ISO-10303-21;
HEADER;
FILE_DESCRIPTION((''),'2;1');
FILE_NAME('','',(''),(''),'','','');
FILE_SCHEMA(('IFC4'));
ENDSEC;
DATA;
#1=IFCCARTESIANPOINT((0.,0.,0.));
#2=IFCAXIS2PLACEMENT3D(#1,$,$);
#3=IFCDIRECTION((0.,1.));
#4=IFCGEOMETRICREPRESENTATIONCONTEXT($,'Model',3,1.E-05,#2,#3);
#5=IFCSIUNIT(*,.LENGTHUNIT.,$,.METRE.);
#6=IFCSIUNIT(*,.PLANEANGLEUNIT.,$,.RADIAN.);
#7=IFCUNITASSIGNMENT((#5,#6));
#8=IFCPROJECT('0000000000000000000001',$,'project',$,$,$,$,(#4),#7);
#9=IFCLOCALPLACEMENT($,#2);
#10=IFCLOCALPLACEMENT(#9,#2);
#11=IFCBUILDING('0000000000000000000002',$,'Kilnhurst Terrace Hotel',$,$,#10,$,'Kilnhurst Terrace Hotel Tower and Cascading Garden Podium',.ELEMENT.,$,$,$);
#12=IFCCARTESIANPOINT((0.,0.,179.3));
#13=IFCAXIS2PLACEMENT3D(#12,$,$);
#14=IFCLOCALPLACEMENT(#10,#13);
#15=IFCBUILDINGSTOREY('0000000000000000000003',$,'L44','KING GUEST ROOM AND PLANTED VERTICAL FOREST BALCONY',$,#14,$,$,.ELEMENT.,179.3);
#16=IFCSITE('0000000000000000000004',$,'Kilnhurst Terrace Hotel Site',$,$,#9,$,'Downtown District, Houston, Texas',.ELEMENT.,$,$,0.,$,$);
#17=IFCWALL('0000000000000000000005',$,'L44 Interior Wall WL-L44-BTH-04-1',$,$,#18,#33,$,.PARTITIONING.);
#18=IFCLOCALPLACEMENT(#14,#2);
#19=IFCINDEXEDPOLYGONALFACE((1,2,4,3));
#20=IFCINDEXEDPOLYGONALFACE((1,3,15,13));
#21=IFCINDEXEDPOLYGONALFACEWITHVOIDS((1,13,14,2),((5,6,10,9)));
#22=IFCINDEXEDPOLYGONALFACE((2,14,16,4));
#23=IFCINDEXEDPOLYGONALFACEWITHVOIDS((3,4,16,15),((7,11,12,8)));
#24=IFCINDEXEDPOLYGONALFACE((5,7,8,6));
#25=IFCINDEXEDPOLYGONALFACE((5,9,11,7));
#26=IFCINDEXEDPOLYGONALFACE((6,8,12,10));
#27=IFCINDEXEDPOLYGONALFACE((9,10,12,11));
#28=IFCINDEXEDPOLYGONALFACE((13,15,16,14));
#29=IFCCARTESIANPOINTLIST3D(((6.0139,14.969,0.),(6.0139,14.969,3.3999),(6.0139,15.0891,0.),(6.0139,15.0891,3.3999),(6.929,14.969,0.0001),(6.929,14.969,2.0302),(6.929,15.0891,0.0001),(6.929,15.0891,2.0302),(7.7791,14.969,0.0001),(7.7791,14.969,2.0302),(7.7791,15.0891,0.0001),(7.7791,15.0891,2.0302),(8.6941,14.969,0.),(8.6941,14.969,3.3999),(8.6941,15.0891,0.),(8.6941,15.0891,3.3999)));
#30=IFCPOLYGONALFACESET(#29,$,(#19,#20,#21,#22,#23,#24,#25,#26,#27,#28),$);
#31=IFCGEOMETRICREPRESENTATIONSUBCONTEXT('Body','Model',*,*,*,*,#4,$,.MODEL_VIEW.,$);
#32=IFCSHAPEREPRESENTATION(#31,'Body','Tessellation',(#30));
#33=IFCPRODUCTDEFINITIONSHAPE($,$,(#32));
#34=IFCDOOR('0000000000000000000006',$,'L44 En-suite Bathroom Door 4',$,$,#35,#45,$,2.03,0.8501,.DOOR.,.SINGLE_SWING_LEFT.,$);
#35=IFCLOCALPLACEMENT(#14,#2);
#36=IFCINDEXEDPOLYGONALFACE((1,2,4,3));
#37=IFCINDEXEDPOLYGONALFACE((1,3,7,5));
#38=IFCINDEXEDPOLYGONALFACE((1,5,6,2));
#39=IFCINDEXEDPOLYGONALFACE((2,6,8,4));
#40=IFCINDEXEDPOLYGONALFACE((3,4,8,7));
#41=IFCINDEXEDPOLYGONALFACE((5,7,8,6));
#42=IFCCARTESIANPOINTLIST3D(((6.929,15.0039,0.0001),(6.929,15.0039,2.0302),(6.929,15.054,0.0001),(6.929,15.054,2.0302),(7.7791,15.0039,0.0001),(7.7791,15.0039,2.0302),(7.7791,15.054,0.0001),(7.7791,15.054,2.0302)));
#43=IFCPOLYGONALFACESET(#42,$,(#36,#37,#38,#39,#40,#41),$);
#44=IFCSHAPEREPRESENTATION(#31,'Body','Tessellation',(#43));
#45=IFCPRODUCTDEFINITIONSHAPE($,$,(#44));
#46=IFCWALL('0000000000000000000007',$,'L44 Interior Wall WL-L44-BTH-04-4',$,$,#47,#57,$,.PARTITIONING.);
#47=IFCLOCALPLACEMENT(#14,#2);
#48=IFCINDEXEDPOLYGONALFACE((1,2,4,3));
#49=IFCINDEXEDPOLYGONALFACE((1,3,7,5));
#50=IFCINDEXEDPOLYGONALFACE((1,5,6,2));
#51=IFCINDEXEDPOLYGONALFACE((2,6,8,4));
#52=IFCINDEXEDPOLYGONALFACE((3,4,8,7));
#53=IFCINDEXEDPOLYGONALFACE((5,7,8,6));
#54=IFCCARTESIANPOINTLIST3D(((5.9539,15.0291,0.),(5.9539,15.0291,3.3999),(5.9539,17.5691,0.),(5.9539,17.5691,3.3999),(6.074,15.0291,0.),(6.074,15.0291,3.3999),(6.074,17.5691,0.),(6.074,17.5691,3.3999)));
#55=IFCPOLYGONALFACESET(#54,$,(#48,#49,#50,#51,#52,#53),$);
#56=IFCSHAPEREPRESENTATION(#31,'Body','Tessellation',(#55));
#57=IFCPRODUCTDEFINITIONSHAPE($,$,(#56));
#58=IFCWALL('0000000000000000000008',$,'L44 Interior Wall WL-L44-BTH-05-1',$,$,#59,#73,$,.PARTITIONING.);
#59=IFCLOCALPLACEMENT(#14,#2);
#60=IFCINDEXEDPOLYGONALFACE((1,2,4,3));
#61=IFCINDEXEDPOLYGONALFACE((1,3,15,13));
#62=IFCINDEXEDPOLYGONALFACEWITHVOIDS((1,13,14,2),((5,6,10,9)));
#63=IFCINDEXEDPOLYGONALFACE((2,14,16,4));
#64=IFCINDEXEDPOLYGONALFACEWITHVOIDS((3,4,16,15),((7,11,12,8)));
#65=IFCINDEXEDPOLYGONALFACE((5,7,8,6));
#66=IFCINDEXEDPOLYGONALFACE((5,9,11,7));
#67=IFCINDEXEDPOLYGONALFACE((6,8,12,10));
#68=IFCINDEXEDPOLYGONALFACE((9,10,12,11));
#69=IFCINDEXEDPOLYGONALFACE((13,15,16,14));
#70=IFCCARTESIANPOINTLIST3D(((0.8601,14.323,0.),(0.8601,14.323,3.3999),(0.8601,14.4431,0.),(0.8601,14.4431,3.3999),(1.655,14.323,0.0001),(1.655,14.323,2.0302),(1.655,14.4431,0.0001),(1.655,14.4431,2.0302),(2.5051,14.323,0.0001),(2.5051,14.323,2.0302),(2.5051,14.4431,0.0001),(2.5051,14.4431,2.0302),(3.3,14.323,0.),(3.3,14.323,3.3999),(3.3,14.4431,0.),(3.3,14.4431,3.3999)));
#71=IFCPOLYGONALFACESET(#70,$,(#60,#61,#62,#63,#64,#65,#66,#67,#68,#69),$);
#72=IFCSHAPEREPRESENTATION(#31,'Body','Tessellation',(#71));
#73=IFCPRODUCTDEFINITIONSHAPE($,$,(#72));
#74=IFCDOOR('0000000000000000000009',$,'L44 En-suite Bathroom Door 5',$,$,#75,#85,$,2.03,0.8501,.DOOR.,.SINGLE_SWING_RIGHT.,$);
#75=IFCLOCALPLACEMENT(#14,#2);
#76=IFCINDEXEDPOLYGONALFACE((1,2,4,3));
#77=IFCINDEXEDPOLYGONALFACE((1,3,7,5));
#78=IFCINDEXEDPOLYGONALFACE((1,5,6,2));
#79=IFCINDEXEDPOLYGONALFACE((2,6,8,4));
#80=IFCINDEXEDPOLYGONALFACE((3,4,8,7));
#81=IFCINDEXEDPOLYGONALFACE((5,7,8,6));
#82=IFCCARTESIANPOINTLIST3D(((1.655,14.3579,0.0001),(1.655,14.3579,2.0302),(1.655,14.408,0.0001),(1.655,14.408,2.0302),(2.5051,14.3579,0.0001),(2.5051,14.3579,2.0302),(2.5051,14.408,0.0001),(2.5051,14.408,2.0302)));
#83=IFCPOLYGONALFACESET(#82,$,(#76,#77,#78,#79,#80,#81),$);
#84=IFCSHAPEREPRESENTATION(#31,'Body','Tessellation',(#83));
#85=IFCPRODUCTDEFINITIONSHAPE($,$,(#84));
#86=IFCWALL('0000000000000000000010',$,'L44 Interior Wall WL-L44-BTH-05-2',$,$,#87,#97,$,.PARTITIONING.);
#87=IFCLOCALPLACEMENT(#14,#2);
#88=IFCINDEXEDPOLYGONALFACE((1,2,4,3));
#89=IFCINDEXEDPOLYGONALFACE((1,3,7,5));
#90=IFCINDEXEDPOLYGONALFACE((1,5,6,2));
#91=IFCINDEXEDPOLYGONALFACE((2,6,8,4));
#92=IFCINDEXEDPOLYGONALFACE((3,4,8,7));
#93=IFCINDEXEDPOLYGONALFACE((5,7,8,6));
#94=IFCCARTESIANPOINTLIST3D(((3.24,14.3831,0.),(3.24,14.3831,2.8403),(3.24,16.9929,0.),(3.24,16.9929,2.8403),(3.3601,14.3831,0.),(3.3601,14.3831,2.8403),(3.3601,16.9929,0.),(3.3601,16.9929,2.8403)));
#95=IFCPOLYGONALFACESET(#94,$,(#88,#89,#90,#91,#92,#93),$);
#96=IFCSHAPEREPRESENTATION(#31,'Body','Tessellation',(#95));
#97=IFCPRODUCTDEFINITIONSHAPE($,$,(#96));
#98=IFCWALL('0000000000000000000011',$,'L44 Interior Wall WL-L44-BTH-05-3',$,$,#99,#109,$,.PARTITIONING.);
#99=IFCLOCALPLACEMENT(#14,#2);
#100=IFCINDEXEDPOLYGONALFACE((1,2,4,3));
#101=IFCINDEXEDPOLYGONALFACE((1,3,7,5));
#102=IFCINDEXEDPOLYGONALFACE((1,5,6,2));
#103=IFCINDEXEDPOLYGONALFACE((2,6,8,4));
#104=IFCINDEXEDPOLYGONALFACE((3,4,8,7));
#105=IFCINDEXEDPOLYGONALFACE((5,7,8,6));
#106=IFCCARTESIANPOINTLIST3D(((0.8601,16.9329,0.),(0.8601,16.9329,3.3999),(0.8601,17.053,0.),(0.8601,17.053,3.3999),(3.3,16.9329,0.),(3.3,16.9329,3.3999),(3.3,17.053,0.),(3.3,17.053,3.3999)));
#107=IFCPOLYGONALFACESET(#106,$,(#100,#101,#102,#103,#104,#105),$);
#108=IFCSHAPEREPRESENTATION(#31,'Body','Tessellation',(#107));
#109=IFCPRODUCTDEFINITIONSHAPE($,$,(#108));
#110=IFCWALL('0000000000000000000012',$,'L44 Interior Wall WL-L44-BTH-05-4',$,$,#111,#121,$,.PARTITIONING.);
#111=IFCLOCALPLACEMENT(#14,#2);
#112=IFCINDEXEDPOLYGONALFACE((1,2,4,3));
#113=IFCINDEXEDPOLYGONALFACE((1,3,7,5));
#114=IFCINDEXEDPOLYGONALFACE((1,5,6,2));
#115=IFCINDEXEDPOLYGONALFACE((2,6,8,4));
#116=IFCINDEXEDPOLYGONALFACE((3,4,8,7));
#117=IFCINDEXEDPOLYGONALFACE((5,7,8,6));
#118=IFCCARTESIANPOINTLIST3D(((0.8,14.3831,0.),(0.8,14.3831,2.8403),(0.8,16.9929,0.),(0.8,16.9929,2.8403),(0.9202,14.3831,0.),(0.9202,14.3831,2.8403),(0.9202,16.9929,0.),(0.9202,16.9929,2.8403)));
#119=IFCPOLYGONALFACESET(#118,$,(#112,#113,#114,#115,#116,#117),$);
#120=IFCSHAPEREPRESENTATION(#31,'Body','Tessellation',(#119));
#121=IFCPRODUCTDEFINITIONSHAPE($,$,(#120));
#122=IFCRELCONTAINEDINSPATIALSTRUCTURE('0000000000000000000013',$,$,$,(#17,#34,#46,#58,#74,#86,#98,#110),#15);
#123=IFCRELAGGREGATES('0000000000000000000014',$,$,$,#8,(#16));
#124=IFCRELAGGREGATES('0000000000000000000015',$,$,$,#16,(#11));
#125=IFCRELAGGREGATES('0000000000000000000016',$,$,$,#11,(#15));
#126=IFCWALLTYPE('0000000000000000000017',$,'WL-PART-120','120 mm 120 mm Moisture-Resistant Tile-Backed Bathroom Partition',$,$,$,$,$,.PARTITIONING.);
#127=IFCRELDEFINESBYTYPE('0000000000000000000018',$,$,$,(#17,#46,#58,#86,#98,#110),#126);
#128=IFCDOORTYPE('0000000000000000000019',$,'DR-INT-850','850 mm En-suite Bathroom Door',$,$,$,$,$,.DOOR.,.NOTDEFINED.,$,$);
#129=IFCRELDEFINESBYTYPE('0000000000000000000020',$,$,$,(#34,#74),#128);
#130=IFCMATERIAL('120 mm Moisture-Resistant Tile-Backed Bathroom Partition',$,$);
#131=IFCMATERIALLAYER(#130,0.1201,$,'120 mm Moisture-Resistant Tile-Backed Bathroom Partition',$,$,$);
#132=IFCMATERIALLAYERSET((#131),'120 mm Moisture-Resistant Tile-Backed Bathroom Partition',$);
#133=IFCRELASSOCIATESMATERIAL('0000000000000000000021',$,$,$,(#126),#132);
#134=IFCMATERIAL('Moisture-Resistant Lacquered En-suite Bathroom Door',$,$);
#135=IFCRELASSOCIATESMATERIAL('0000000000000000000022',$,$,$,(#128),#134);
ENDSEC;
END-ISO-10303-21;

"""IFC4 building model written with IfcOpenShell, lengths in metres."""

from ifc_helpers import new_model, si_unit, direction, frame, frame_2d, origin, place, context, subcontext, project, spatial, rectangle, extrude, material, layer, layer_set, type_object, element, fill, save


model = new_model("IFC4")

# Units and contexts
model_context = context("Model", 3, precision=1e-05, world=origin(), true_north=direction((0.0, 1.0)))
body_context = subcontext(model_context, "Body", "Model", "MODEL_VIEW")
ifc_project = project(units=[si_unit("LENGTHUNIT", "METRE"), si_unit("PLANEANGLEUNIT", "RADIAN")], contexts=[model_context])

# Site, building, storey
site_placement = place(None, origin())
site = spatial("IfcSite", under=ifc_project, at=site_placement, Name="Kilnhurst Terrace Hotel Site", LongName="Downtown District, Houston, Texas", CompositionType="ELEMENT", RefElevation=0.0)
building_placement = place(site_placement, origin())
building = spatial("IfcBuilding", under=site, at=building_placement, Name="Kilnhurst Terrace Hotel", LongName="Kilnhurst Terrace Hotel Tower and Cascading Garden Podium", CompositionType="ELEMENT")
storey_placement = place(building_placement, frame((0.0, 0.0, 179.3)))
storey = spatial("IfcBuildingStorey", under=building, at=storey_placement, Name="L44", Description="KING GUEST ROOM AND PLANTED VERTICAL FOREST BALCONY", CompositionType="ELEMENT", Elevation=179.3)

# Wall, opening, door
ifc_material_1 = material(Name="120 mm Moisture-Resistant Tile-Backed Bathroom Partition")
ifc_layer_1 = layer(ifc_material_1, 0.1201, Name="120 mm Moisture-Resistant Tile-Backed Bathroom Partition")
ifc_layer_set_1 = layer_set([ifc_layer_1], Name="120 mm Moisture-Resistant Tile-Backed Bathroom Partition")
wall_type_1 = type_object("IfcWallType", Name="WL-PART-120", Description="120 mm 120 mm Moisture-Resistant Tile-Backed Bathroom Partition", PredefinedType="PARTITIONING", material=ifc_layer_set_1)
wall_1_placement = place(storey_placement, frame((6.0139, 15.0291, 0.0), z_axis=(0.0, 0.0, 1.0), x_axis=(1.0, 0.0, 0.0)))
wall_1 = element("IfcWall", 1, at=wall_1_placement, inside=storey, type_object=wall_type_1, Name="L44 Interior Wall WL-L44-BTH-04-1", PredefinedType="PARTITIONING", context=body_context, shape_type="SweptSolid", body=[
    extrude(rectangle(XDim=2.6802, YDim=0.1201, at=frame_2d((1.3401, 0.0))), origin(), (0.0, 0.0, 1.0), 3.3999),
])
opening_1_placement = place(wall_1_placement, frame((0.915, 0.0, 0.0)))
opening_1 = element("IfcOpeningElement", 2, at=opening_1_placement, cuts=wall_1, PredefinedType="OPENING", context=body_context, shape_type="SweptSolid", body=[
    extrude(rectangle(XDim=0.8501, YDim=2.03, at=frame_2d((0.425, 1.0151))), frame((0.0, 0.0701, 0.0), z_axis=(0.0, -1.0, 0.0), x_axis=(1.0, 0.0, 0.0)), (0.0, 0.0, 1.0), 0.1401),
])
ifc_material_2 = material(Name="Moisture-Resistant Lacquered En-suite Bathroom Door")
door_type_1 = type_object("IfcDoorType", Name="DR-INT-850", Description="850 mm En-suite Bathroom Door", OperationType="NOTDEFINED", PredefinedType="DOOR", material=ifc_material_2)
door_1_placement = place(opening_1_placement, origin())
door_1 = element("IfcDoor", 3, at=door_1_placement, inside=storey, type_object=door_type_1, Name="L44 En-suite Bathroom Door 4", OperationType="SINGLE_SWING_LEFT", OverallHeight=2.03, OverallWidth=0.8501, PredefinedType="DOOR", context=body_context, shape_type="SweptSolid", body=[
    extrude(rectangle(XDim=0.8501, YDim=2.03, at=frame_2d((0.425, 1.0151))), frame((0.0, 0.0249, 0.0), z_axis=(0.0, -1.0, 0.0), x_axis=(1.0, 0.0, 0.0)), (0.0, 0.0, 1.0), 0.05),
])
fill(opening_1, door_1)

# Wall
wall_2_placement = place(storey_placement, frame((6.0139, 17.5691, 0.0), z_axis=(0.0, 0.0, 1.0), x_axis=(0.0, -1.0, 0.0)))
element("IfcWall", 4, at=wall_2_placement, inside=storey, type_object=wall_type_1, Name="L44 Interior Wall WL-L44-BTH-04-4", PredefinedType="PARTITIONING", context=body_context, shape_type="SweptSolid", body=[
    extrude(rectangle(XDim=2.54, YDim=0.1201, at=frame_2d((1.27, 0.0))), origin(), (0.0, 0.0, 1.0), 3.3999),
])

# Wall, opening, door
wall_3_placement = place(storey_placement, frame((0.8601, 14.3831, 0.0), z_axis=(0.0, 0.0, 1.0), x_axis=(1.0, 0.0, 0.0)))
wall_3 = element("IfcWall", 5, at=wall_3_placement, inside=storey, type_object=wall_type_1, Name="L44 Interior Wall WL-L44-BTH-05-1", PredefinedType="PARTITIONING", context=body_context, shape_type="SweptSolid", body=[
    extrude(rectangle(XDim=2.4399, YDim=0.1201, at=frame_2d((1.22, 0.0))), origin(), (0.0, 0.0, 1.0), 3.3999),
])
opening_2_placement = place(wall_3_placement, frame((0.7949, 0.0, 0.0)))
opening_2 = element("IfcOpeningElement", 6, at=opening_2_placement, cuts=wall_3, PredefinedType="OPENING", context=body_context, shape_type="SweptSolid", body=[
    extrude(rectangle(XDim=0.8501, YDim=2.03, at=frame_2d((0.425, 1.0151))), frame((0.0, 0.0701, 0.0), z_axis=(0.0, -1.0, 0.0), x_axis=(1.0, 0.0, 0.0)), (0.0, 0.0, 1.0), 0.1401),
])
door_2_placement = place(opening_2_placement, origin())
door_2 = element("IfcDoor", 7, at=door_2_placement, inside=storey, type_object=door_type_1, Name="L44 En-suite Bathroom Door 5", OperationType="SINGLE_SWING_RIGHT", OverallHeight=2.03, OverallWidth=0.8501, PredefinedType="DOOR", context=body_context, shape_type="SweptSolid", body=[
    extrude(rectangle(XDim=0.8501, YDim=2.03, at=frame_2d((0.425, 1.0151))), frame((0.0, 0.0249, 0.0), z_axis=(0.0, -1.0, 0.0), x_axis=(1.0, 0.0, 0.0)), (0.0, 0.0, 1.0), 0.05),
])
fill(opening_2, door_2)

# Walls
wall_4_placement = place(storey_placement, frame((3.3, 14.3831, 0.0), z_axis=(0.0, 0.0, 1.0), x_axis=(0.0, 1.0, 0.0)))
element("IfcWall", 8, at=wall_4_placement, inside=storey, type_object=wall_type_1, Name="L44 Interior Wall WL-L44-BTH-05-2", PredefinedType="PARTITIONING", context=body_context, shape_type="SweptSolid", body=[
    extrude(rectangle(XDim=2.6099, YDim=0.1201, at=frame_2d((1.3049, 0.0))), origin(), (0.0, 0.0, 1.0), 2.8403),
])
wall_5_placement = place(storey_placement, frame((3.3, 16.9929, 0.0), z_axis=(0.0, 0.0, 1.0), x_axis=(-1.0, 0.0, 0.0)))
element("IfcWall", 9, at=wall_5_placement, inside=storey, type_object=wall_type_1, Name="L44 Interior Wall WL-L44-BTH-05-3", PredefinedType="PARTITIONING", context=body_context, shape_type="SweptSolid", body=[
    extrude(rectangle(XDim=2.4399, YDim=0.1201, at=frame_2d((1.22, 0.0))), origin(), (0.0, 0.0, 1.0), 3.3999),
])
wall_6_placement = place(storey_placement, frame((0.8601, 16.9929, 0.0), z_axis=(0.0, 0.0, 1.0), x_axis=(0.0, -1.0, 0.0)))
element("IfcWall", 10, at=wall_6_placement, inside=storey, type_object=wall_type_1, Name="L44 Interior Wall WL-L44-BTH-05-4", PredefinedType="PARTITIONING", context=body_context, shape_type="SweptSolid", body=[
    extrude(rectangle(XDim=2.6099, YDim=0.1201, at=frame_2d((1.3049, 0.0))), origin(), (0.0, 0.0, 1.0), 2.8403),
])

save(model, "model.ifc")
